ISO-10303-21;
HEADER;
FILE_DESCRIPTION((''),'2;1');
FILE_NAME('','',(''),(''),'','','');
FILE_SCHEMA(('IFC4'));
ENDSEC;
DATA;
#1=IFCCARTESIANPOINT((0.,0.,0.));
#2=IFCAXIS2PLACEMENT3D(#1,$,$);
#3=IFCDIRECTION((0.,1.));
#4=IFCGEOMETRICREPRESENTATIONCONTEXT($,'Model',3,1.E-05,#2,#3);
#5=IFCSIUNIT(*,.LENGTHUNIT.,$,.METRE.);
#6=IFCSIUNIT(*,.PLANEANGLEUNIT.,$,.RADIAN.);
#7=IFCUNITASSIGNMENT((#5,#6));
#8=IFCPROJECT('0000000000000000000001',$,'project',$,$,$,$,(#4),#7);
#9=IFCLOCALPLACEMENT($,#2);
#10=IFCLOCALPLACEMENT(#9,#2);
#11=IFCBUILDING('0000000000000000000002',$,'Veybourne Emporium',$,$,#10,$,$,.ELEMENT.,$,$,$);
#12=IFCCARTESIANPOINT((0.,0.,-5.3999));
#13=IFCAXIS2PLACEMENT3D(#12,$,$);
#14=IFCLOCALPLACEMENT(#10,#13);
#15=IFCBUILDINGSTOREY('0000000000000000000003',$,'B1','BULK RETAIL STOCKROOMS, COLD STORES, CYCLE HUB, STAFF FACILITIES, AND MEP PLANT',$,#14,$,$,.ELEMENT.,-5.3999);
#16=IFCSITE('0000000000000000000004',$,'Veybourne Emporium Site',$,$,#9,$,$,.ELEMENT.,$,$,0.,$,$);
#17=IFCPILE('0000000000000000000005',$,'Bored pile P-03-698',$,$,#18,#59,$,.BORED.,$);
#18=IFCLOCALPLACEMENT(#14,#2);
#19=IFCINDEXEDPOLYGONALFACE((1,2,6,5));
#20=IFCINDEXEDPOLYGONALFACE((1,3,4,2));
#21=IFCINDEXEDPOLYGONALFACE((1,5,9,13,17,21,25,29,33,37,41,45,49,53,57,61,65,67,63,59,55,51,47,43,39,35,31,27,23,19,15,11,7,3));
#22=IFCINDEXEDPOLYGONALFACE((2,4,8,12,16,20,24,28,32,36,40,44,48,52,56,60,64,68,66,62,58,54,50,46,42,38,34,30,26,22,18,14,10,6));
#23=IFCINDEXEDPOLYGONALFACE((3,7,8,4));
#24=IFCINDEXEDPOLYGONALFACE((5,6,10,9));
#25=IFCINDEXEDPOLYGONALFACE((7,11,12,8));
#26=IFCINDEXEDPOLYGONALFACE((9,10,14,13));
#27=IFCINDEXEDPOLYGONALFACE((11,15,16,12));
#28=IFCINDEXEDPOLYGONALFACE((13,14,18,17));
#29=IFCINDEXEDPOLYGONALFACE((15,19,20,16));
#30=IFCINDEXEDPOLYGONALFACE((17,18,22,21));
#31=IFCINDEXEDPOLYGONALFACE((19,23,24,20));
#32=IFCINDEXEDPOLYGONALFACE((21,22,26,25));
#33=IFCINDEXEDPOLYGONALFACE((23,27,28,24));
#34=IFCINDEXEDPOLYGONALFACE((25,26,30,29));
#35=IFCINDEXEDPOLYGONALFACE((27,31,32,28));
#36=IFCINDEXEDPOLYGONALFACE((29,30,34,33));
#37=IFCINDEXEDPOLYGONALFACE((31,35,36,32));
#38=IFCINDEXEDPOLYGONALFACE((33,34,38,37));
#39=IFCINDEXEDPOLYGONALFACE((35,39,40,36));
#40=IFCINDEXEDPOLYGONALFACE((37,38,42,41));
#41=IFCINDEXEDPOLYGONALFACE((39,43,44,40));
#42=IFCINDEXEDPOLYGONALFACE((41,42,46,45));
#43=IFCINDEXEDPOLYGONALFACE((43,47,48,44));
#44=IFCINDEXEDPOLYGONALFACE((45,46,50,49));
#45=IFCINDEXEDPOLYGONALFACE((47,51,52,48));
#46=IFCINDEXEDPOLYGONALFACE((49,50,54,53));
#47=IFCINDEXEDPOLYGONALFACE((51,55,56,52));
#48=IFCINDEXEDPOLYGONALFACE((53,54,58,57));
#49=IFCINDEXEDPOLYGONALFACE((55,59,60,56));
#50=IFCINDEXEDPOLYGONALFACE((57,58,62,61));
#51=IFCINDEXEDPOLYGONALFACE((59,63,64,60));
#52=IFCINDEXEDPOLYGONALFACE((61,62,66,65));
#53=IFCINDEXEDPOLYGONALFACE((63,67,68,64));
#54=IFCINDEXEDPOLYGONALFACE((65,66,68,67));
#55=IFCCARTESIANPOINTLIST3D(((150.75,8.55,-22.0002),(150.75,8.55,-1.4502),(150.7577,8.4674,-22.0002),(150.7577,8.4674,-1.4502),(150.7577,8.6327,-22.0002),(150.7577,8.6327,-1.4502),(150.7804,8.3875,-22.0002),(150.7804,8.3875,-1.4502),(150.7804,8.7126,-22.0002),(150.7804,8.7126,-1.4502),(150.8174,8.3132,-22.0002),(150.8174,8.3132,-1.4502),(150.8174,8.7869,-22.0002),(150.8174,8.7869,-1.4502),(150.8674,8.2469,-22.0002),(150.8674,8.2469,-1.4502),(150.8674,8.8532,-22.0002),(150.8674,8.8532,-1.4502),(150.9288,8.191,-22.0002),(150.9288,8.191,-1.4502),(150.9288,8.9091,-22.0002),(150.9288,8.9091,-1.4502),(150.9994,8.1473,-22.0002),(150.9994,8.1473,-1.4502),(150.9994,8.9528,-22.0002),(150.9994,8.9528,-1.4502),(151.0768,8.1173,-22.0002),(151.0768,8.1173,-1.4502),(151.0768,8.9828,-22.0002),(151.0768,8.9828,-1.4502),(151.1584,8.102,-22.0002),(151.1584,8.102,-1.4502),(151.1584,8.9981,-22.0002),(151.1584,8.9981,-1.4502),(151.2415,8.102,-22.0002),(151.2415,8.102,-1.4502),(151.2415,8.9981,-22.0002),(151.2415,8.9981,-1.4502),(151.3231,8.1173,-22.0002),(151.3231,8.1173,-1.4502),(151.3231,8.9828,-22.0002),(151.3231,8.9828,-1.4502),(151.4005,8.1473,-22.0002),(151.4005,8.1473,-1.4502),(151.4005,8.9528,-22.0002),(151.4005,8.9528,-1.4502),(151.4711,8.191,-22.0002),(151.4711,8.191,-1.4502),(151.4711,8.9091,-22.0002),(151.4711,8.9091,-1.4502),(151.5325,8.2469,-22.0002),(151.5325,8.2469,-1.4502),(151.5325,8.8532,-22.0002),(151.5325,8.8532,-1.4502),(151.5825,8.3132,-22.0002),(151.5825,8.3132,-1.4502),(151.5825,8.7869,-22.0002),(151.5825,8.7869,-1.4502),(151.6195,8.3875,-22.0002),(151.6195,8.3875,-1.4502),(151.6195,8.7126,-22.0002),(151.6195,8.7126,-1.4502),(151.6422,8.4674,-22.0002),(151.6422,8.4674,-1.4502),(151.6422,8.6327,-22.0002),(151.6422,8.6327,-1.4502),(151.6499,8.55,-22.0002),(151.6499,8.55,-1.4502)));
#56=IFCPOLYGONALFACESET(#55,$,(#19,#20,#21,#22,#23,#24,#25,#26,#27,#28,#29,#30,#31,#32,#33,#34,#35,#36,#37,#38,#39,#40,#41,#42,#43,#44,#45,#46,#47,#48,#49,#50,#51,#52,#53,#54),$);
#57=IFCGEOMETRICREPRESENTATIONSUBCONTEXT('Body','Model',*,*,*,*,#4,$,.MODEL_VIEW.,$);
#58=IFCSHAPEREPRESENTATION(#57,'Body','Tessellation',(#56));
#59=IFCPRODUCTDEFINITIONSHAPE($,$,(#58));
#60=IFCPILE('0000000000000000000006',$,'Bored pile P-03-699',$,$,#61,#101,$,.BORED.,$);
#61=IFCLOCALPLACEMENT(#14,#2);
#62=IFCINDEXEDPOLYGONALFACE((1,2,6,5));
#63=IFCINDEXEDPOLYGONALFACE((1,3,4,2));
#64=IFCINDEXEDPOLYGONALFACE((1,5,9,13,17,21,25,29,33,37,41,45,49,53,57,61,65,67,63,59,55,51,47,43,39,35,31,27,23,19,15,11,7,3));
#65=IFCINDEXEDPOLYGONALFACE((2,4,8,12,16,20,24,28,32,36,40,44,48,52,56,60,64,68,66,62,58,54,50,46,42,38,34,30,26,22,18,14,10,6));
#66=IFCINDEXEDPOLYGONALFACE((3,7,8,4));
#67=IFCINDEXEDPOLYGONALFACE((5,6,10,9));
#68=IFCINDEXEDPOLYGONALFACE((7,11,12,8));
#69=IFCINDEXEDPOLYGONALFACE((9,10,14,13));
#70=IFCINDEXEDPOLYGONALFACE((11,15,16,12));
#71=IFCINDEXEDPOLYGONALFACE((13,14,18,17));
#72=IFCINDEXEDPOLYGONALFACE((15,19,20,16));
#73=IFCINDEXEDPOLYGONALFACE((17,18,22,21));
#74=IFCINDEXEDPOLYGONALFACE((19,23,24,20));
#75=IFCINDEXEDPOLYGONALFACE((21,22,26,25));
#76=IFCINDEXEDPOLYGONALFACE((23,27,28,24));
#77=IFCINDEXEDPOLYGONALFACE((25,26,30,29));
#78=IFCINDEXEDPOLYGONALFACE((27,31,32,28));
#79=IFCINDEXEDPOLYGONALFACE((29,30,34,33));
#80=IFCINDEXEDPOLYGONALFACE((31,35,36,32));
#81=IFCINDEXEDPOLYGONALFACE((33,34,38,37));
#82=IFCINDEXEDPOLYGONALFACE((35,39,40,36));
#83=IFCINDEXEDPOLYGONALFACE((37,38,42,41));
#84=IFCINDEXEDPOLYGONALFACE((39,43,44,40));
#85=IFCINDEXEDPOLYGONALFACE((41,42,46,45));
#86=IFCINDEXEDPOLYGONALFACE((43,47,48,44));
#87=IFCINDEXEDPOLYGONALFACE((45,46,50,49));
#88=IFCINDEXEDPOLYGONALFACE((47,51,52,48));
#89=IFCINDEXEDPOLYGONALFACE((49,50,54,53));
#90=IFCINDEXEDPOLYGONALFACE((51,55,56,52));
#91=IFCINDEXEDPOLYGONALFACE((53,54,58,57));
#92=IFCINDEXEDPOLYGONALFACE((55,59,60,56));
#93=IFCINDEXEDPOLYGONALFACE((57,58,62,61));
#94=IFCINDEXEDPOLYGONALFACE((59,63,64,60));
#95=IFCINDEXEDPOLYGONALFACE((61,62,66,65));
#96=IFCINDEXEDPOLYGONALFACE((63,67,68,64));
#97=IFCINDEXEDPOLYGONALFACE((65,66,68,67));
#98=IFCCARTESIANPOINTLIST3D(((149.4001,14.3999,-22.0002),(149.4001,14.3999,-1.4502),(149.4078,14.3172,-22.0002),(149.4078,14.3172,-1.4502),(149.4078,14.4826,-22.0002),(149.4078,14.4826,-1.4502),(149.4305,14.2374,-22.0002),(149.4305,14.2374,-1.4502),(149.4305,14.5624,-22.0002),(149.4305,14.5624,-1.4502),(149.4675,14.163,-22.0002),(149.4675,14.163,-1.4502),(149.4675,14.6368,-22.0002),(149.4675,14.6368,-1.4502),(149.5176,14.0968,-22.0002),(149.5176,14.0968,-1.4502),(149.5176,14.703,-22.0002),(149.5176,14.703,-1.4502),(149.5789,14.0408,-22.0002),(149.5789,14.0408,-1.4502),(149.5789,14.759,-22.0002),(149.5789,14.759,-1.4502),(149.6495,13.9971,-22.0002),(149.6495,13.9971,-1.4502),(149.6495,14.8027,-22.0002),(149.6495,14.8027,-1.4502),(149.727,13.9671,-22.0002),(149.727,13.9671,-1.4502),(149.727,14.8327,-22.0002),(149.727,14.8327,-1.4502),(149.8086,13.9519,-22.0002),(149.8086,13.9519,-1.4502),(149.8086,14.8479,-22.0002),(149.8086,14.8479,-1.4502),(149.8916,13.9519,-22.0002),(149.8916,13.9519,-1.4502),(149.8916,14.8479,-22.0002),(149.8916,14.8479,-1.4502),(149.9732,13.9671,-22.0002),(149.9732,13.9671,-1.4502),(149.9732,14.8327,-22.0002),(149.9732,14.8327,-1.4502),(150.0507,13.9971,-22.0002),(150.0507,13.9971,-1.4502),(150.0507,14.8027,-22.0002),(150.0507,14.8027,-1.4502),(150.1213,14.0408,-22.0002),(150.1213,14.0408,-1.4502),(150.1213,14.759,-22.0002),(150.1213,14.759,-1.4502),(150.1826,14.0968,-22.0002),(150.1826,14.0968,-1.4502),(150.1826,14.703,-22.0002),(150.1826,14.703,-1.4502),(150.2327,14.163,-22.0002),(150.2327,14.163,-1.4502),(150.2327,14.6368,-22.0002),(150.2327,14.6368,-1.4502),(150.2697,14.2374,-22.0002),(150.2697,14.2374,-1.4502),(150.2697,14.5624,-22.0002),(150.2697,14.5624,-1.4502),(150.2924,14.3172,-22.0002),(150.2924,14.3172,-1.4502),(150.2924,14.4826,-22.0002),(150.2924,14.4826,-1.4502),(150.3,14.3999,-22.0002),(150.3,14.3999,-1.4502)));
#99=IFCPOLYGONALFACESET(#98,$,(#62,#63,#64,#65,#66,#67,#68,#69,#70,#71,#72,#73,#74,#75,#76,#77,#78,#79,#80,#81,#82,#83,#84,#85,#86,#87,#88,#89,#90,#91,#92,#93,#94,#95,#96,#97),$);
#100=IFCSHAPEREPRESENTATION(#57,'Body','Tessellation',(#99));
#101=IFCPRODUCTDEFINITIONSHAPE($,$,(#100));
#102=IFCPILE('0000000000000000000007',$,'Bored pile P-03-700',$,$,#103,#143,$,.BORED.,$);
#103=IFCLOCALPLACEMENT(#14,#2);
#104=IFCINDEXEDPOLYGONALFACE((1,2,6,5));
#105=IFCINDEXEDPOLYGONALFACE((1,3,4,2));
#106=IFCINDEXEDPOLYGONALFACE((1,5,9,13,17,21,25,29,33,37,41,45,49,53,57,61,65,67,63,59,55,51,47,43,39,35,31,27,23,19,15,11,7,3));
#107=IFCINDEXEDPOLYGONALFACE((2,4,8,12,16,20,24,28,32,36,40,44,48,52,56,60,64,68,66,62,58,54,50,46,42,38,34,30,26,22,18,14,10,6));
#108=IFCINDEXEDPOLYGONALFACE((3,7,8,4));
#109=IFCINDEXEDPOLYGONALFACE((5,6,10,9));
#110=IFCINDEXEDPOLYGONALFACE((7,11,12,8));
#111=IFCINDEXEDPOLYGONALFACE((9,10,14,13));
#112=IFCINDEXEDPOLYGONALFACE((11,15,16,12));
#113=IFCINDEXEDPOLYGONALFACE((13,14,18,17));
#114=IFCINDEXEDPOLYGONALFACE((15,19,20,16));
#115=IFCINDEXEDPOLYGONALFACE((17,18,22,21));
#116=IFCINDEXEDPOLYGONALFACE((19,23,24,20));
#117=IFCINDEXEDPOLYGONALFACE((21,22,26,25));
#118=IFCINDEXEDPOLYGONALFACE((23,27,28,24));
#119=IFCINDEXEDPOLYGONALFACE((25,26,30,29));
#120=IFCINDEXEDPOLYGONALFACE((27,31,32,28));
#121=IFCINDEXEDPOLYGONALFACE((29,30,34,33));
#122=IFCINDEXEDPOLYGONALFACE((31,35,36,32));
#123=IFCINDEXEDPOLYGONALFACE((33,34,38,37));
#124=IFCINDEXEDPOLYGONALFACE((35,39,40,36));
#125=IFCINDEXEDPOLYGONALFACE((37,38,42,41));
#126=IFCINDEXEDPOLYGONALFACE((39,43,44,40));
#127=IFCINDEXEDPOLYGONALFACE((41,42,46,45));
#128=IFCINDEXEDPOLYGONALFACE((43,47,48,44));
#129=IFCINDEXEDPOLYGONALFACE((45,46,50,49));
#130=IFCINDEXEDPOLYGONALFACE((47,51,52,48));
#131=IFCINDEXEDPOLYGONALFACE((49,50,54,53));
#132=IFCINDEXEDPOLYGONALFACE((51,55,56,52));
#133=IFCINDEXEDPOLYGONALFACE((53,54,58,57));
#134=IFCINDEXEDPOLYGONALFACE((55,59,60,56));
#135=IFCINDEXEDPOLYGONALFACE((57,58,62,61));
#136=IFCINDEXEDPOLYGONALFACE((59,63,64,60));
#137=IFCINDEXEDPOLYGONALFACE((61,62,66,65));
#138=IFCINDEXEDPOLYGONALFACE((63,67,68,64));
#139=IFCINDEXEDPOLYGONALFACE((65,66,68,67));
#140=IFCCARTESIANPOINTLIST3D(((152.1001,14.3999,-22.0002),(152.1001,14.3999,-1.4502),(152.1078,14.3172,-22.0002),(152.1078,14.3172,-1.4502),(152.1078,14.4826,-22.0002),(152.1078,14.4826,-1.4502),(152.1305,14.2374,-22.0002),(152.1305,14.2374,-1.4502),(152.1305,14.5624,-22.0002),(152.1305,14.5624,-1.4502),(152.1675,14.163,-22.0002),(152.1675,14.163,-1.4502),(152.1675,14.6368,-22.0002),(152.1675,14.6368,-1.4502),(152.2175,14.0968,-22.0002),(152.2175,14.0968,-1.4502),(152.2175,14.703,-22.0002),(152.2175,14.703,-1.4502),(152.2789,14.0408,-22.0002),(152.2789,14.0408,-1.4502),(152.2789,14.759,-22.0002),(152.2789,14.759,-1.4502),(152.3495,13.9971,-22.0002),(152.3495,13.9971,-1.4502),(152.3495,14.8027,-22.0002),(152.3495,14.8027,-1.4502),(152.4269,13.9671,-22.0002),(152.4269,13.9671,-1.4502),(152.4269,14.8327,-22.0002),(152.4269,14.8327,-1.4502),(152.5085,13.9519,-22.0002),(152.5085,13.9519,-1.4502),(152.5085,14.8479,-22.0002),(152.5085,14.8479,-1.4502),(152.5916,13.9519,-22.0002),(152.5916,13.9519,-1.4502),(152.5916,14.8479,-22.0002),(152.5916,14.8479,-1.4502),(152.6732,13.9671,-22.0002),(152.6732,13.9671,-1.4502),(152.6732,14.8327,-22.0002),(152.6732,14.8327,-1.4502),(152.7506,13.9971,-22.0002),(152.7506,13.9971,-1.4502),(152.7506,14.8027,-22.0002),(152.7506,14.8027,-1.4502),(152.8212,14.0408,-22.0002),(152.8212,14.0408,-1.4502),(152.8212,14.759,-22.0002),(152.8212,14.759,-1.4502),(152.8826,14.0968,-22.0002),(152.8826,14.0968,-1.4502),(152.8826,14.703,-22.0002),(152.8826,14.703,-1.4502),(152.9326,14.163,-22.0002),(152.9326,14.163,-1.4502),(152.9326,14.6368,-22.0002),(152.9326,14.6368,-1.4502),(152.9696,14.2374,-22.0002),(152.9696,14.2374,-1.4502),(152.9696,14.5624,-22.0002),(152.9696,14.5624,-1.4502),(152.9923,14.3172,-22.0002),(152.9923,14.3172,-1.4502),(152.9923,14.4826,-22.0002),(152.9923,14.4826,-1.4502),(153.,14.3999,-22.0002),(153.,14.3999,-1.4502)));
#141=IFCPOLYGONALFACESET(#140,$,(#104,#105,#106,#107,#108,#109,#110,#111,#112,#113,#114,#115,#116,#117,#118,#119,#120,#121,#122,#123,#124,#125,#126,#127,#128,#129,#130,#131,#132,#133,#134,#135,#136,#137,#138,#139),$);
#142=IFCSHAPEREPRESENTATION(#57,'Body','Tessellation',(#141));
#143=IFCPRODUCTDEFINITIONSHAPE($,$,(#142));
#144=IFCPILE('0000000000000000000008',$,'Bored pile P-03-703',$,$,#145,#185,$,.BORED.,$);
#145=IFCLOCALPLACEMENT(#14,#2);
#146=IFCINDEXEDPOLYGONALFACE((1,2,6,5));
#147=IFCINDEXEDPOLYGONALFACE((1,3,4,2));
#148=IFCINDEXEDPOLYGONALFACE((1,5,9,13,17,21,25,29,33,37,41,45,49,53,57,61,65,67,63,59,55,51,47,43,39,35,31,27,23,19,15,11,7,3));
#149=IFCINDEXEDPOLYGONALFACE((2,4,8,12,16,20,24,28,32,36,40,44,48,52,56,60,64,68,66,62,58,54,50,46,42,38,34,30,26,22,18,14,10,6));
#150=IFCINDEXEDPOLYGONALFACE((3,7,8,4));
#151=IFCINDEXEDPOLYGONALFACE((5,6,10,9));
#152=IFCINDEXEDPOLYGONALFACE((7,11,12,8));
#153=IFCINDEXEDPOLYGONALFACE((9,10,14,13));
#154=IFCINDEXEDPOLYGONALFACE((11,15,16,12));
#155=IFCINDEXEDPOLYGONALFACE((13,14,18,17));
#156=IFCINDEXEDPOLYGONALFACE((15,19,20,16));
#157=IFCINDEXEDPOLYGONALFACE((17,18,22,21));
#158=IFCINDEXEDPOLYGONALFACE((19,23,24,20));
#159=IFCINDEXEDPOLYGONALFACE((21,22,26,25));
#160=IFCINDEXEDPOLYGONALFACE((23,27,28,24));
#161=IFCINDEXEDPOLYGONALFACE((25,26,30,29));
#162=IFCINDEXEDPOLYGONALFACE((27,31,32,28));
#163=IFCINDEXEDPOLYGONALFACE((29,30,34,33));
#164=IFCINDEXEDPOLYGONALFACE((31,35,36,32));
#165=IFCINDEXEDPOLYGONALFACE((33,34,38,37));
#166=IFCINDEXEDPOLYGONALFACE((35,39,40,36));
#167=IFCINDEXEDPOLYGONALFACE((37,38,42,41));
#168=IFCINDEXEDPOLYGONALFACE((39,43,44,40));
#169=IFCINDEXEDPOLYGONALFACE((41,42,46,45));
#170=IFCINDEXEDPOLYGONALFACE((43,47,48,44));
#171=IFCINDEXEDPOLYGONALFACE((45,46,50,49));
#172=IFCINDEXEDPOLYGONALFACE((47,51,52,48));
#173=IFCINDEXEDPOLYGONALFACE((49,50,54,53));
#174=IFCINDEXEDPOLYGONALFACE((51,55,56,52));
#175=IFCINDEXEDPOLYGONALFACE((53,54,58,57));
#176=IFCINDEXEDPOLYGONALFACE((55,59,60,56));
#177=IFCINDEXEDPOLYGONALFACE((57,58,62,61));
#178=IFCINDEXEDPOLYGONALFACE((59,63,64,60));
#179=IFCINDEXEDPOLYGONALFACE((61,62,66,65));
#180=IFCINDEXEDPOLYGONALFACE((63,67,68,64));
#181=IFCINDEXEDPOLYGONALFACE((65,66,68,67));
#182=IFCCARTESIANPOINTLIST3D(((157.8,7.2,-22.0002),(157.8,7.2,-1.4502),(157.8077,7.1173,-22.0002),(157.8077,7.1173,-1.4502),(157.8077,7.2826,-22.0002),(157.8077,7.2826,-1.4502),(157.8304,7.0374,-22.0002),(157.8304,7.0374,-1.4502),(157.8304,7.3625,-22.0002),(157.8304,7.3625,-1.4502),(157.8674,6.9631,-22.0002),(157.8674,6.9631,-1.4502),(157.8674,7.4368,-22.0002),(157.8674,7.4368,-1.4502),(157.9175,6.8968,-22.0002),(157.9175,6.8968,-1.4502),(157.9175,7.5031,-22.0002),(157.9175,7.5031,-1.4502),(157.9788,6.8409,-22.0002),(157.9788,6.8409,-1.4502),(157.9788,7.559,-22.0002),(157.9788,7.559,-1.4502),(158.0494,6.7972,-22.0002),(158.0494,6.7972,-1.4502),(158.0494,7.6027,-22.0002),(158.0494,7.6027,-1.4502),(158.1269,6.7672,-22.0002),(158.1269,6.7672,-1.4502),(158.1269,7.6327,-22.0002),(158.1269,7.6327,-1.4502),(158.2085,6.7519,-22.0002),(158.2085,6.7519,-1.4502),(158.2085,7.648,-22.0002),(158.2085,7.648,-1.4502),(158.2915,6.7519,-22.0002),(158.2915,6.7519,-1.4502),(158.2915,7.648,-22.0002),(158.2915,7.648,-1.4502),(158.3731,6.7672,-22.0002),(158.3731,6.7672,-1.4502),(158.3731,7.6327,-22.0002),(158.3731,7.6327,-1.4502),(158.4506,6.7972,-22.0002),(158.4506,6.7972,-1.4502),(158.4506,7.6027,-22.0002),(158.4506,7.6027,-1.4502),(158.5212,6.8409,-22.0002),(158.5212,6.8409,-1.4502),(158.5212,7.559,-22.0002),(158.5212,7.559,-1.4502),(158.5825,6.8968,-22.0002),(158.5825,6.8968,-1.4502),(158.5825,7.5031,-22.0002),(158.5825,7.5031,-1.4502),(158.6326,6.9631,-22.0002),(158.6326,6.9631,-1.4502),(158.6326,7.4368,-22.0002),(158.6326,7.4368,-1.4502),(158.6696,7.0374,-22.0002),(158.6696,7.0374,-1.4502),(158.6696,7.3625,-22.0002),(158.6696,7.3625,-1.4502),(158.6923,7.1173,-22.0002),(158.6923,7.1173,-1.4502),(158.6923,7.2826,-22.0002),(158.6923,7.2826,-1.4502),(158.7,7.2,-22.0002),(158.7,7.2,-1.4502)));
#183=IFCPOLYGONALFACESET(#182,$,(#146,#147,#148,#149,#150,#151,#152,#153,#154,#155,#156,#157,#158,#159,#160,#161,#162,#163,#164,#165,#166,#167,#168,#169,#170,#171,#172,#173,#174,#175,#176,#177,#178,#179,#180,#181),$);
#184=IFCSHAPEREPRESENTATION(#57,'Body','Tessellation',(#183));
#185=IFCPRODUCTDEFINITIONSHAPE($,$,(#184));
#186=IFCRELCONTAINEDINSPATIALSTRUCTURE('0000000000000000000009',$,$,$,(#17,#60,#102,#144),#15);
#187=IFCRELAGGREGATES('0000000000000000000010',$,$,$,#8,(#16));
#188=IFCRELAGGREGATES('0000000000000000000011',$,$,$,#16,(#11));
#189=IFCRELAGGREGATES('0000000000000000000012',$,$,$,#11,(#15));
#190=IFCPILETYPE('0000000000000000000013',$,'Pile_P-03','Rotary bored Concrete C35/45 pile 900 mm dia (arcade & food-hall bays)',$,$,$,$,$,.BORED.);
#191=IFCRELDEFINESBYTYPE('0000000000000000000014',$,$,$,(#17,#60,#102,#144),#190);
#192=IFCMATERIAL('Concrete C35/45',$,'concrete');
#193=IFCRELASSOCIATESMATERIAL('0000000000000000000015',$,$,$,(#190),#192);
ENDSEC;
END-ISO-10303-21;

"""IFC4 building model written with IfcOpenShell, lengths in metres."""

from ifc_helpers import new_model, si_unit, direction, frame, origin, origin_2d, place, context, subcontext, project, spatial, circle, extrude, material, material_profile, profile_set, type_object, element, save


model = new_model("IFC4")

# Units and contexts
model_context = context("Model", 3, precision=1e-05, world=origin(), true_north=direction((0.0, 1.0)))
body_context = subcontext(model_context, "Body", "Model", "MODEL_VIEW")
ifc_project = project(units=[si_unit("LENGTHUNIT", "METRE"), si_unit("PLANEANGLEUNIT", "RADIAN")], contexts=[model_context])

# Site, building, storey
site_placement = place(None, origin())
site = spatial("IfcSite", under=ifc_project, at=site_placement, Name="Veybourne Emporium Site", CompositionType="ELEMENT", RefElevation=0.0)
building_placement = place(site_placement, origin())
building = spatial("IfcBuilding", under=site, at=building_placement, Name="Veybourne Emporium", CompositionType="ELEMENT")
storey_placement = place(building_placement, frame((0.0, 0.0, -5.3999)))
storey = spatial("IfcBuildingStorey", under=building, at=storey_placement, Name="B1", Description="BULK RETAIL STOCKROOMS, COLD STORES, CYCLE HUB, STAFF FACILITIES, AND MEP PLANT", CompositionType="ELEMENT", Elevation=-5.3999)

# Shared definitions
ifc_material_1 = material(Name="Concrete C35/45", Category="concrete")

# Piles
ifc_material_profile_1 = material_profile(ifc_material_1, circle(Radius=0.45, at=origin_2d()), Name="BORED PILE 900")
ifc_profile_set_1 = profile_set([ifc_material_profile_1], Name="Concrete C35/45")
pile_type = type_object("IfcPileType", Name="Pile_P-03", Description="Rotary bored Concrete C35/45 pile 900 mm dia (arcade & food-hall bays)", PredefinedType="BORED", material=ifc_profile_set_1)
for number, where, z_axis, x_axis, name in (
    (1, (151.2, 8.55, -1.4502), (0.0, 0.0, -1.0), (1.0, 0.0, 0.0), "Bored pile P-03-698"),
    (2, (149.8501, 14.3999, -1.4502), (0.0, 0.0, -1.0), (1.0, 0.0, 0.0), "Bored pile P-03-699"),
    (3, (152.55, 14.3999, -1.4502), (0.0, 0.0, -1.0), (1.0, 0.0, 0.0), "Bored pile P-03-700"),
    (4, (158.25, 7.2, -1.4502), (0.0, 0.0, -1.0), (1.0, 0.0, 0.0), "Bored pile P-03-703"),
):
    element("IfcPile", number, at=place(storey_placement, frame(where, z_axis=z_axis, x_axis=x_axis)), inside=storey, type_object=pile_type, Name=name, PredefinedType="BORED", context=body_context, shape_type="SweptSolid", body=[
        extrude(circle(Radius=0.45, at=origin_2d()), origin(), (0.0, 0.0, 1.0), 20.55),
    ])

save(model, "model.ifc")
